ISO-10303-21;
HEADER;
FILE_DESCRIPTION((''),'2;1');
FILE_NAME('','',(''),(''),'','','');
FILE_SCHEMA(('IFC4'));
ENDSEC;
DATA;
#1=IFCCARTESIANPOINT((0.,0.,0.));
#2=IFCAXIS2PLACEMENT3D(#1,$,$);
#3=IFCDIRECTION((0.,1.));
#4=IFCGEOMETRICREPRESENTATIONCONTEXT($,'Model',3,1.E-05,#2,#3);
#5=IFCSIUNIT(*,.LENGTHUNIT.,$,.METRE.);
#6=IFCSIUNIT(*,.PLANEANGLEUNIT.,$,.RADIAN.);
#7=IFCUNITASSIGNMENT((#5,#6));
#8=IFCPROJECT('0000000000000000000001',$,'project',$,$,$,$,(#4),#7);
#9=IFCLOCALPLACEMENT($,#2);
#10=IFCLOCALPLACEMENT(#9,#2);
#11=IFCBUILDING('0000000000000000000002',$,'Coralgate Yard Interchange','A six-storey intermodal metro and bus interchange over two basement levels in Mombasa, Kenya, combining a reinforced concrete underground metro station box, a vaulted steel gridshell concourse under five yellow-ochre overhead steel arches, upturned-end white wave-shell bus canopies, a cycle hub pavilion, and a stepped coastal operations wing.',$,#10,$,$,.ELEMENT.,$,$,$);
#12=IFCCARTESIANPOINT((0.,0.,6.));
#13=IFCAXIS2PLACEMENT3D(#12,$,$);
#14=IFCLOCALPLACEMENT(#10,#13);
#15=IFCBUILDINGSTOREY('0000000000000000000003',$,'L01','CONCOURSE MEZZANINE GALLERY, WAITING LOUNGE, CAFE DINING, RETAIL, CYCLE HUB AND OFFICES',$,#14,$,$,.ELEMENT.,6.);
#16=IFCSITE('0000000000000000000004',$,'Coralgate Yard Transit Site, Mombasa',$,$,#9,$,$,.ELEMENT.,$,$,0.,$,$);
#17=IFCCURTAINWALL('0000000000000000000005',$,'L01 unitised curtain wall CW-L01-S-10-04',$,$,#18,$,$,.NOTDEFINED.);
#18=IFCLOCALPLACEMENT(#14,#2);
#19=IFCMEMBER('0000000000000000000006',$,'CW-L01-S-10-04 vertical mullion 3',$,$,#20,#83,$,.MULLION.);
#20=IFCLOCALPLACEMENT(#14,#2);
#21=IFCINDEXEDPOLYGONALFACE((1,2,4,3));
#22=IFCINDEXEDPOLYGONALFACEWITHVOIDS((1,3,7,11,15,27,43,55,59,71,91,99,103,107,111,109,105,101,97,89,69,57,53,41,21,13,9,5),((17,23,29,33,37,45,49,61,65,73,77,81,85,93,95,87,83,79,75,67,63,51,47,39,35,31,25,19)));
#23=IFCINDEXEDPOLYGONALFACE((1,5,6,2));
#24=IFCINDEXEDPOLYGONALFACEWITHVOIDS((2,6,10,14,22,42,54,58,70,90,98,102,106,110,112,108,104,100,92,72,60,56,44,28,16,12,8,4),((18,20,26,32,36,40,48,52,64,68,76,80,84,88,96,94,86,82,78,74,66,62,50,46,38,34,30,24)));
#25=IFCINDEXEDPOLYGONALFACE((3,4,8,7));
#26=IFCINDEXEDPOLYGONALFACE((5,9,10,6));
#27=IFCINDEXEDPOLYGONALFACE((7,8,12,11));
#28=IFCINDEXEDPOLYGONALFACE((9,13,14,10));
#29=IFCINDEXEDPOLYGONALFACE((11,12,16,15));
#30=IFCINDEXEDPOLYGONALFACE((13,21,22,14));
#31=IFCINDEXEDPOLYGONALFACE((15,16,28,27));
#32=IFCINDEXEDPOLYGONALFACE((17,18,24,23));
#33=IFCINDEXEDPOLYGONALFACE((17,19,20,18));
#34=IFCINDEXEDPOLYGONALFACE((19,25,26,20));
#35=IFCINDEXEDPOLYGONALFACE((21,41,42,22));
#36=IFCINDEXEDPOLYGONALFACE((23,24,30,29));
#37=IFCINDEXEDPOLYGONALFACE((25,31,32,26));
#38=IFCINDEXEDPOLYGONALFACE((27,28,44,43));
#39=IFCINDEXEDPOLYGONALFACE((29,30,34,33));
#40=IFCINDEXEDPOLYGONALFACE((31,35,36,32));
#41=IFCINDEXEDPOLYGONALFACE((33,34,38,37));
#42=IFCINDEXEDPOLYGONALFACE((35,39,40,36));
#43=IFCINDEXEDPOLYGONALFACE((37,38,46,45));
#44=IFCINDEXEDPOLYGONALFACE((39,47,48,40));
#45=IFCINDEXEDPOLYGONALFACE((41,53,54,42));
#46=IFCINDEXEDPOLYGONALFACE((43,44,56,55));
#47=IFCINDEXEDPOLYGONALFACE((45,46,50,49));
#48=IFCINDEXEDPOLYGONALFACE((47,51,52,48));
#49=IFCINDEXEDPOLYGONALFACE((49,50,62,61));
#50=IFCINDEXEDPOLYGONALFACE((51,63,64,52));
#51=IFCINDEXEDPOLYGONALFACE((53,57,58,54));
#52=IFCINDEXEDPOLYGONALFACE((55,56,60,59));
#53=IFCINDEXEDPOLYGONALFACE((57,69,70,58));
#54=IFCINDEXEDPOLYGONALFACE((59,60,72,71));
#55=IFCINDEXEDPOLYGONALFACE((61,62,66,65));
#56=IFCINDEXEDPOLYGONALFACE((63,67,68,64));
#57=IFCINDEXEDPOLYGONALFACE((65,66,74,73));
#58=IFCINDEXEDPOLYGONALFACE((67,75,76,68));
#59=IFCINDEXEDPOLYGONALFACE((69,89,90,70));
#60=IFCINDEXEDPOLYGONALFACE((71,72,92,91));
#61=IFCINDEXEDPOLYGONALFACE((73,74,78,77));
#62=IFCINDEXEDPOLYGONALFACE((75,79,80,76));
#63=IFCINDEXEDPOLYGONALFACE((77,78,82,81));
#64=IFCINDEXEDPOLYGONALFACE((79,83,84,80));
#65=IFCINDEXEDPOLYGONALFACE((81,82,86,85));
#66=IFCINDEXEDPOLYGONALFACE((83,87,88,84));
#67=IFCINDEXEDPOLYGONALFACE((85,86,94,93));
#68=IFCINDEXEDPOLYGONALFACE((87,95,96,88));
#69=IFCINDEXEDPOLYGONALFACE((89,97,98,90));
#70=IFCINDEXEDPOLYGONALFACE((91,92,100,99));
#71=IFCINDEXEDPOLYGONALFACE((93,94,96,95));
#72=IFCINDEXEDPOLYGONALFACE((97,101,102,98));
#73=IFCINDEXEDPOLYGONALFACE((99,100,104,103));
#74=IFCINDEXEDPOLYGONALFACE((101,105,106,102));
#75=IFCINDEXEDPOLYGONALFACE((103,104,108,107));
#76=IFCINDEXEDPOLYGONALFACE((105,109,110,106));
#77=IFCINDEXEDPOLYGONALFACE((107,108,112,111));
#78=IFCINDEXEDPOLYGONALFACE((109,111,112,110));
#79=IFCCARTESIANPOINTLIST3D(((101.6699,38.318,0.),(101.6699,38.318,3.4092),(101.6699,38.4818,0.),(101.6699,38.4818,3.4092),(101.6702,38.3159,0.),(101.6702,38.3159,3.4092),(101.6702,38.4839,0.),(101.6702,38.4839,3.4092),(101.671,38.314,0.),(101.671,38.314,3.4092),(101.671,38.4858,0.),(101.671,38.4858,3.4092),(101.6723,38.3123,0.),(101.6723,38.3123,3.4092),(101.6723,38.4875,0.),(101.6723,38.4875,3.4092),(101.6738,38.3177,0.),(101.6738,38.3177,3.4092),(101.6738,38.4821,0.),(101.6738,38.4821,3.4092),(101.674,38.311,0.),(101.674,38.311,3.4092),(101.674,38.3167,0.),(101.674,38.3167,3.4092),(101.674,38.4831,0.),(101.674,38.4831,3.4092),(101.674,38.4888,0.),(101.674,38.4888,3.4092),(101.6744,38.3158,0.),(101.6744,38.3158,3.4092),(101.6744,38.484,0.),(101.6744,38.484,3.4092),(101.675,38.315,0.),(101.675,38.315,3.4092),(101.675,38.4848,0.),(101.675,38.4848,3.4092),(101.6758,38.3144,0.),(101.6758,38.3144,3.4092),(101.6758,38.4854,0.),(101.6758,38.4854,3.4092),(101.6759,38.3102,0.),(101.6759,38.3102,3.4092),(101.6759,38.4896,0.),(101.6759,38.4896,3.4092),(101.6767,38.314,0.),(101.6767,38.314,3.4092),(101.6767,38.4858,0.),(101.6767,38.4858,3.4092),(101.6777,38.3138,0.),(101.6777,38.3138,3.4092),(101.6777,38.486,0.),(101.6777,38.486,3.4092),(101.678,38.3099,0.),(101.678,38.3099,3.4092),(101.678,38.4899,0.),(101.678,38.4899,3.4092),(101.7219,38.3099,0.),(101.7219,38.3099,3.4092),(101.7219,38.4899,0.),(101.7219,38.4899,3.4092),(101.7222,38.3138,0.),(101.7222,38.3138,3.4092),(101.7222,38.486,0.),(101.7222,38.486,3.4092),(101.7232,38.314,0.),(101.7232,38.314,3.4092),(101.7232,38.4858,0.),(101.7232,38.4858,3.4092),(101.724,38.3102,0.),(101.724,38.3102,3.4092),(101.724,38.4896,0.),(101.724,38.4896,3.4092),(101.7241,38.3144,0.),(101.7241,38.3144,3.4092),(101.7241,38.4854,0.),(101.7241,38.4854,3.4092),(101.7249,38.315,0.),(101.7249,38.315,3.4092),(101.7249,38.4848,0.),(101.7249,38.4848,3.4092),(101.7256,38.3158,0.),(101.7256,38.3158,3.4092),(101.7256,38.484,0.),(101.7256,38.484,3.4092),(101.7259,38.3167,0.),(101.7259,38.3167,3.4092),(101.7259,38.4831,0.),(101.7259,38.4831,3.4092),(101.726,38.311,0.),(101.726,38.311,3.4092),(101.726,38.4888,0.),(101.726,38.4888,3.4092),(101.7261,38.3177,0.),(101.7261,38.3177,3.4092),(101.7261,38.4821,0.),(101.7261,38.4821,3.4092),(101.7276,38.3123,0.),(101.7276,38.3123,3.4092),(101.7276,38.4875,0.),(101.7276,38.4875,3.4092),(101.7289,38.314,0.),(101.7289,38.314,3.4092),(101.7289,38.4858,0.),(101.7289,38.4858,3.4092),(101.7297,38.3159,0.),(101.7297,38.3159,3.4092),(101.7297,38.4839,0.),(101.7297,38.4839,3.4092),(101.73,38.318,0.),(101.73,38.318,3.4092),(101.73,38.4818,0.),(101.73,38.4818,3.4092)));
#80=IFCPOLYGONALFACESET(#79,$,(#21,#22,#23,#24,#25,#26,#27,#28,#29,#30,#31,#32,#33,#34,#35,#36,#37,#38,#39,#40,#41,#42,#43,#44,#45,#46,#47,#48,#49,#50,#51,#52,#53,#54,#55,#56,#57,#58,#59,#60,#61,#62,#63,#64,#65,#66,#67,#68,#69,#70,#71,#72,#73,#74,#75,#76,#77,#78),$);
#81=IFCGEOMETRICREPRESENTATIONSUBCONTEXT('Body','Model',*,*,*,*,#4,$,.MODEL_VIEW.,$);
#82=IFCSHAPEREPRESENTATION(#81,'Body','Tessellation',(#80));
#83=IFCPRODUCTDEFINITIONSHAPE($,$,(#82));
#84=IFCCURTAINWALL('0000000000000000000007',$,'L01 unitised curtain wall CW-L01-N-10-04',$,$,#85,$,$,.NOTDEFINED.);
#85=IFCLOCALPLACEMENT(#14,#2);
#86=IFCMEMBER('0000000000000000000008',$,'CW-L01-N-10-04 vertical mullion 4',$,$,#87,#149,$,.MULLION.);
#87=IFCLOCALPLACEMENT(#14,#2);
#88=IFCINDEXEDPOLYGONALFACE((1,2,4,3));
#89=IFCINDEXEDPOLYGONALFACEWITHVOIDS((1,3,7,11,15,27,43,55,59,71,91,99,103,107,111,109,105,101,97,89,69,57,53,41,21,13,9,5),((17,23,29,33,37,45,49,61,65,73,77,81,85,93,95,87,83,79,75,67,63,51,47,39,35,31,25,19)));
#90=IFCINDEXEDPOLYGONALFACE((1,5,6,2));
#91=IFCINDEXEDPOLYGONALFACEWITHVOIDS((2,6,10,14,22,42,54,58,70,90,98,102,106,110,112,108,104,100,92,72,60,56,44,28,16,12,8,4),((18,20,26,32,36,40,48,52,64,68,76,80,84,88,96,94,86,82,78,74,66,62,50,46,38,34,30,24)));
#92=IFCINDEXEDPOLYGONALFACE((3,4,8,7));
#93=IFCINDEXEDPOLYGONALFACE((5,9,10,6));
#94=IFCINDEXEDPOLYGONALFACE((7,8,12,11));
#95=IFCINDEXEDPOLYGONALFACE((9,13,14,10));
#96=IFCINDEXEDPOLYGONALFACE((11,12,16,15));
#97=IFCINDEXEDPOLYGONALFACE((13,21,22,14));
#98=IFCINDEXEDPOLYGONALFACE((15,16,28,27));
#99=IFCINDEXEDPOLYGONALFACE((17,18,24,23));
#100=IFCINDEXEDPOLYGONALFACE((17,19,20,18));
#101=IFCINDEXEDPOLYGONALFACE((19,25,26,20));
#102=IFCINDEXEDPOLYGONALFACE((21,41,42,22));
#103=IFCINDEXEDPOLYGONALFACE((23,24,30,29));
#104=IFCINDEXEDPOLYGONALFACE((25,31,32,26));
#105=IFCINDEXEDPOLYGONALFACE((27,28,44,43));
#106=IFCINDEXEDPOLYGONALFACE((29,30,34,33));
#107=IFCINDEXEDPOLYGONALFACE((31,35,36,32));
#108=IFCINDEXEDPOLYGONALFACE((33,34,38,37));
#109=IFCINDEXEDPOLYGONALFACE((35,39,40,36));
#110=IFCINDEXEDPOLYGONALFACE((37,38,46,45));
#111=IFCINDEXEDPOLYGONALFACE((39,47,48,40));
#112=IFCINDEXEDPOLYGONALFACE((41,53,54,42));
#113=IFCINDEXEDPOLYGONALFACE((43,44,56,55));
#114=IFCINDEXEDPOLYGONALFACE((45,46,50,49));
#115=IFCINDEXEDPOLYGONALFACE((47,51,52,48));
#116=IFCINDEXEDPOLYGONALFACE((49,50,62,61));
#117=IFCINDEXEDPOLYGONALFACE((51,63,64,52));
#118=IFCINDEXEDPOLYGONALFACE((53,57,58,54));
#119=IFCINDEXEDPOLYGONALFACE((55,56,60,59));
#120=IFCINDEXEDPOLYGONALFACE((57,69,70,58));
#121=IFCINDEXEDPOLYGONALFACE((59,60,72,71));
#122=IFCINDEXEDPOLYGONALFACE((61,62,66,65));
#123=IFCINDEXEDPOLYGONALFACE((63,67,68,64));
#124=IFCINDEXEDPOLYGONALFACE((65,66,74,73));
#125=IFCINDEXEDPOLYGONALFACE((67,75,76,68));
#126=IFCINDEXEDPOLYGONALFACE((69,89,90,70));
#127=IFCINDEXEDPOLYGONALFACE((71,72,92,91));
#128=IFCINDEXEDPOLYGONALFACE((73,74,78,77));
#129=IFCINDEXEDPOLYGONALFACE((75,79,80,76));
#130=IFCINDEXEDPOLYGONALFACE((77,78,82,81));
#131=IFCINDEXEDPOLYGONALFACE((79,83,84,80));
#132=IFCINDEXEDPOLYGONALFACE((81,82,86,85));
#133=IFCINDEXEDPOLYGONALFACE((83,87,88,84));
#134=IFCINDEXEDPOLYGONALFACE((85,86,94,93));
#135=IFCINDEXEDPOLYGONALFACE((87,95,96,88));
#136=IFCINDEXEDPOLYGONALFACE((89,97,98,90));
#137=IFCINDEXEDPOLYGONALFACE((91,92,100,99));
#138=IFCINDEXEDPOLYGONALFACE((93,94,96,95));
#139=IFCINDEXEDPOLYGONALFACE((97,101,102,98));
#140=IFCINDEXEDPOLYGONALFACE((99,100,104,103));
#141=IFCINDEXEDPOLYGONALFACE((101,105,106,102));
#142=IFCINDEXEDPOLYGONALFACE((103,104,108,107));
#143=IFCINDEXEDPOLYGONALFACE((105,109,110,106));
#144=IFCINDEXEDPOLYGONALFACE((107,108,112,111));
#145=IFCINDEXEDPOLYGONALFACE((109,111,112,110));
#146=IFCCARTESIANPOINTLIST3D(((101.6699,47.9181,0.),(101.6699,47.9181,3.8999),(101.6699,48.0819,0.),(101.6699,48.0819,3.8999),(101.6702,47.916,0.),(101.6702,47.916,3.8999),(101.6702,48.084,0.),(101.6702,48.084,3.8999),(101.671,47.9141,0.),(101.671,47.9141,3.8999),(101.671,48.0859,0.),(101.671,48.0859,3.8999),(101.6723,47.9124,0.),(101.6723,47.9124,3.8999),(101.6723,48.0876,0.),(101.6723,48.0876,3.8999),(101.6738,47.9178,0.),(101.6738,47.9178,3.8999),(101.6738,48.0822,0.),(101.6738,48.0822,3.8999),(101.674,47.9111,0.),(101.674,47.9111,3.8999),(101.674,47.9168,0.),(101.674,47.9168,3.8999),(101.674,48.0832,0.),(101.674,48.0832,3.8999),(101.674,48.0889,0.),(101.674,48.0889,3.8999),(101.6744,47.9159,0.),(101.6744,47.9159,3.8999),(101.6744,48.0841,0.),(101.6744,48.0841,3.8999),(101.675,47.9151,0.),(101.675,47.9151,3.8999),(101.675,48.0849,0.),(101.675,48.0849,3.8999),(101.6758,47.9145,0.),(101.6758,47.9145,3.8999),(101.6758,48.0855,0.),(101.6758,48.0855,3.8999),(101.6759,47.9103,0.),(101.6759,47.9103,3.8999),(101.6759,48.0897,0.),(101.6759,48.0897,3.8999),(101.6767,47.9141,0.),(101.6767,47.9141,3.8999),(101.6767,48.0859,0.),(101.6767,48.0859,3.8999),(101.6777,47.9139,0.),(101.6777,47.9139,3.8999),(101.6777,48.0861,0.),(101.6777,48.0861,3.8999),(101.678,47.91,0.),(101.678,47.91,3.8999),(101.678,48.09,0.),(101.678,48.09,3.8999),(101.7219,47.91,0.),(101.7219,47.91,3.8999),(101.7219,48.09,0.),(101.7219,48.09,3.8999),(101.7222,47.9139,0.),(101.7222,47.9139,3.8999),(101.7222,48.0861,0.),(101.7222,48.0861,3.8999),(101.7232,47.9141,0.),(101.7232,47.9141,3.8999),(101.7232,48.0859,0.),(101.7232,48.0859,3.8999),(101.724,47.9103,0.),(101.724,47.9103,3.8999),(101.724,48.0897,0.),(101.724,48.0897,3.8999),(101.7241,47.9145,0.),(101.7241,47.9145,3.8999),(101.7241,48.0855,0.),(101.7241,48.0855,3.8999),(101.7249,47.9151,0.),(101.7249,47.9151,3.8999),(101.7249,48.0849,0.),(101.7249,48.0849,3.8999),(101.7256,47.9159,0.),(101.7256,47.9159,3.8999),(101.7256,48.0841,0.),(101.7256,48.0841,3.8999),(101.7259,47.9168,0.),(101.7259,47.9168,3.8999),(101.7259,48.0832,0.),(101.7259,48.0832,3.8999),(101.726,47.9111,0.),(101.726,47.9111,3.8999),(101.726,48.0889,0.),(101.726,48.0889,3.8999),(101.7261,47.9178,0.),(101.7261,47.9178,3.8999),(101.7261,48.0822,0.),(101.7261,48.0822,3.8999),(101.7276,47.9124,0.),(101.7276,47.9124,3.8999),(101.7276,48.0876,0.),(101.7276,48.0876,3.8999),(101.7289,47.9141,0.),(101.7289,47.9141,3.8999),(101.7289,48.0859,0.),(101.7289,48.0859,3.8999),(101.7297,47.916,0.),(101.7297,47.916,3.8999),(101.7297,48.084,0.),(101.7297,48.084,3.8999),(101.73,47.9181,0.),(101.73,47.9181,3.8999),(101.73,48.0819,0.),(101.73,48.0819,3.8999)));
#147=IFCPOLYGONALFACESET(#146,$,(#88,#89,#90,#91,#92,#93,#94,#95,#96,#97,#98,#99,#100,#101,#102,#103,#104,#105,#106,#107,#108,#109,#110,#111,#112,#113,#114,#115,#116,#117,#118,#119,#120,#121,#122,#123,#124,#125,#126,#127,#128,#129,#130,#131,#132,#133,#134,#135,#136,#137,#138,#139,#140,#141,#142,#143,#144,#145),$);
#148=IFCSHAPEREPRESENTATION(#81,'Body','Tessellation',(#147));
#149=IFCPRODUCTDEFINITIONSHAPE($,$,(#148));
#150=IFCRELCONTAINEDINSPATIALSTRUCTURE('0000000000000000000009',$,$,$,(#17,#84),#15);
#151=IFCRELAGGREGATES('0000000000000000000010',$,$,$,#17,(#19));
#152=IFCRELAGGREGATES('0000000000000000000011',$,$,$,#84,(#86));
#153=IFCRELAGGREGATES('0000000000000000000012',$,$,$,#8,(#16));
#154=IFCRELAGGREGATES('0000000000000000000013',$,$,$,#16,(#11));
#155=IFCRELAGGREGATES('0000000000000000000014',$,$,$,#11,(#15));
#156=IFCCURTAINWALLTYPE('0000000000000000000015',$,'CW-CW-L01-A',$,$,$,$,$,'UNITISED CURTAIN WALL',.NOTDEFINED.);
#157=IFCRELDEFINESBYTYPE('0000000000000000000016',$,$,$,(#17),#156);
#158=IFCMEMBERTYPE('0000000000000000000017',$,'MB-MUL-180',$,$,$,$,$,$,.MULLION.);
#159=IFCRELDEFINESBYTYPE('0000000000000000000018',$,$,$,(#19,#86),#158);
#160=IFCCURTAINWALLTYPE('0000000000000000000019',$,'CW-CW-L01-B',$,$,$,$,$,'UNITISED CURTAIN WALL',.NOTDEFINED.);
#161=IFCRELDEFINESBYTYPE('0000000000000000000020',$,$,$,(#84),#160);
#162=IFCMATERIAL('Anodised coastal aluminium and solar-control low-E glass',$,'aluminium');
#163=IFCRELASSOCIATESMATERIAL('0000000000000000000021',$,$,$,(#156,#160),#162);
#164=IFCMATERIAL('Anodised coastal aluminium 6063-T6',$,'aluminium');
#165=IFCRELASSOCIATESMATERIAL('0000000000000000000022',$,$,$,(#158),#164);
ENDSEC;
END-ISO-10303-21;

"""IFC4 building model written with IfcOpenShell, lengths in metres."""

from ifc_helpers import new_model, si_unit, direction, frame, origin, origin_2d, place, context, subcontext, project, spatial, hollow_rectangle, extrude, material, material_profile, profile_set, type_object, element, aggregate, save


model = new_model("IFC4")

# Units and contexts
model_context = context("Model", 3, precision=1e-05, world=origin(), true_north=direction((0.0, 1.0)))
body_context = subcontext(model_context, "Body", "Model", "MODEL_VIEW")
ifc_project = project(units=[si_unit("LENGTHUNIT", "METRE"), si_unit("PLANEANGLEUNIT", "RADIAN")], contexts=[model_context])

# Site, building, storey
site_placement = place(None, origin())
site = spatial("IfcSite", under=ifc_project, at=site_placement, Name="Coralgate Yard Transit Site, Mombasa", CompositionType="ELEMENT", RefElevation=0.0)
building_placement = place(site_placement, origin())
building = spatial("IfcBuilding", under=site, at=building_placement, Name="Coralgate Yard Interchange", Description="A six-storey intermodal metro and bus interchange over two basement levels in Mombasa, Kenya, combining a reinforced concrete underground metro station box, a vaulted steel gridshell concourse under five yellow-ochre overhead steel arches, upturned-end white wave-shell bus canopies, a cycle hub pavilion, and a stepped coastal operations wing.", CompositionType="ELEMENT")
storey_placement = place(building_placement, frame((0.0, 0.0, 6.0)))
storey = spatial("IfcBuildingStorey", under=building, at=storey_placement, Name="L01", Description="CONCOURSE MEZZANINE GALLERY, WAITING LOUNGE, CAFE DINING, RETAIL, CYCLE HUB AND OFFICES", CompositionType="ELEMENT", Elevation=6.0)

# Curtain wall, member
ifc_material_1 = material(Name="Anodised coastal aluminium and solar-control low-E glass", Category="aluminium")
curtain_wall_type_1 = type_object("IfcCurtainWallType", Name="CW-CW-L01-A", ElementType="UNITISED CURTAIN WALL", PredefinedType="NOTDEFINED", material=ifc_material_1)
curtain_wall_1_placement = place(storey_placement, origin())
curtain_wall_1 = element("IfcCurtainWall", 1, at=curtain_wall_1_placement, inside=storey, type_object=curtain_wall_type_1, Name="L01 unitised curtain wall CW-L01-S-10-04", PredefinedType="NOTDEFINED")
ifc_material_2 = material(Name="Anodised coastal aluminium 6063-T6", Category="aluminium")
ifc_material_profile_1 = material_profile(ifc_material_2, hollow_rectangle(XDim=0.0601, YDim=0.1799, WallThickness=0.0039, InnerFilletRadius=0.0039, OuterFilletRadius=0.0081, at=origin_2d()), Name="ALU 60x180x4")
ifc_profile_set_1 = profile_set([ifc_material_profile_1], Name="Anodised coastal aluminium 6063-T6")
member_type_1 = type_object("IfcMemberType", Name="MB-MUL-180", PredefinedType="MULLION", material=ifc_profile_set_1)
member_1_placement = place(storey_placement, frame((101.7, 38.3999, 0.0), z_axis=(0.0, 0.0, 1.0), x_axis=(1.0, 0.0, 0.0)))
member_1 = element("IfcMember", 2, at=member_1_placement, type_object=member_type_1, Name="CW-L01-S-10-04 vertical mullion 3", PredefinedType="MULLION", context=body_context, shape_type="SweptSolid", body=[
    extrude(hollow_rectangle(XDim=0.0601, YDim=0.1799, WallThickness=0.0039, InnerFilletRadius=0.0039, OuterFilletRadius=0.0081, at=origin_2d()), origin(), (0.0, 0.0, 1.0), 3.4092),
])

# Curtain wall, member
curtain_wall_type_2 = type_object("IfcCurtainWallType", Name="CW-CW-L01-B", ElementType="UNITISED CURTAIN WALL", PredefinedType="NOTDEFINED", material=ifc_material_1)
curtain_wall_2_placement = place(storey_placement, origin())
curtain_wall_2 = element("IfcCurtainWall", 3, at=curtain_wall_2_placement, inside=storey, type_object=curtain_wall_type_2, Name="L01 unitised curtain wall CW-L01-N-10-04", PredefinedType="NOTDEFINED")
member_2_placement = place(storey_placement, frame((101.7, 48.0, 0.0), z_axis=(0.0, 0.0, 1.0), x_axis=(1.0, 0.0, 0.0)))
member_2 = element("IfcMember", 4, at=member_2_placement, type_object=member_type_1, Name="CW-L01-N-10-04 vertical mullion 4", PredefinedType="MULLION", context=body_context, shape_type="SweptSolid", body=[
    extrude(hollow_rectangle(XDim=0.0601, YDim=0.1799, WallThickness=0.0039, InnerFilletRadius=0.0039, OuterFilletRadius=0.0081, at=origin_2d()), origin(), (0.0, 0.0, 1.0), 3.8999),
])

aggregate(curtain_wall_1, [member_1])
aggregate(curtain_wall_2, [member_2])

save(model, "model.ifc")
